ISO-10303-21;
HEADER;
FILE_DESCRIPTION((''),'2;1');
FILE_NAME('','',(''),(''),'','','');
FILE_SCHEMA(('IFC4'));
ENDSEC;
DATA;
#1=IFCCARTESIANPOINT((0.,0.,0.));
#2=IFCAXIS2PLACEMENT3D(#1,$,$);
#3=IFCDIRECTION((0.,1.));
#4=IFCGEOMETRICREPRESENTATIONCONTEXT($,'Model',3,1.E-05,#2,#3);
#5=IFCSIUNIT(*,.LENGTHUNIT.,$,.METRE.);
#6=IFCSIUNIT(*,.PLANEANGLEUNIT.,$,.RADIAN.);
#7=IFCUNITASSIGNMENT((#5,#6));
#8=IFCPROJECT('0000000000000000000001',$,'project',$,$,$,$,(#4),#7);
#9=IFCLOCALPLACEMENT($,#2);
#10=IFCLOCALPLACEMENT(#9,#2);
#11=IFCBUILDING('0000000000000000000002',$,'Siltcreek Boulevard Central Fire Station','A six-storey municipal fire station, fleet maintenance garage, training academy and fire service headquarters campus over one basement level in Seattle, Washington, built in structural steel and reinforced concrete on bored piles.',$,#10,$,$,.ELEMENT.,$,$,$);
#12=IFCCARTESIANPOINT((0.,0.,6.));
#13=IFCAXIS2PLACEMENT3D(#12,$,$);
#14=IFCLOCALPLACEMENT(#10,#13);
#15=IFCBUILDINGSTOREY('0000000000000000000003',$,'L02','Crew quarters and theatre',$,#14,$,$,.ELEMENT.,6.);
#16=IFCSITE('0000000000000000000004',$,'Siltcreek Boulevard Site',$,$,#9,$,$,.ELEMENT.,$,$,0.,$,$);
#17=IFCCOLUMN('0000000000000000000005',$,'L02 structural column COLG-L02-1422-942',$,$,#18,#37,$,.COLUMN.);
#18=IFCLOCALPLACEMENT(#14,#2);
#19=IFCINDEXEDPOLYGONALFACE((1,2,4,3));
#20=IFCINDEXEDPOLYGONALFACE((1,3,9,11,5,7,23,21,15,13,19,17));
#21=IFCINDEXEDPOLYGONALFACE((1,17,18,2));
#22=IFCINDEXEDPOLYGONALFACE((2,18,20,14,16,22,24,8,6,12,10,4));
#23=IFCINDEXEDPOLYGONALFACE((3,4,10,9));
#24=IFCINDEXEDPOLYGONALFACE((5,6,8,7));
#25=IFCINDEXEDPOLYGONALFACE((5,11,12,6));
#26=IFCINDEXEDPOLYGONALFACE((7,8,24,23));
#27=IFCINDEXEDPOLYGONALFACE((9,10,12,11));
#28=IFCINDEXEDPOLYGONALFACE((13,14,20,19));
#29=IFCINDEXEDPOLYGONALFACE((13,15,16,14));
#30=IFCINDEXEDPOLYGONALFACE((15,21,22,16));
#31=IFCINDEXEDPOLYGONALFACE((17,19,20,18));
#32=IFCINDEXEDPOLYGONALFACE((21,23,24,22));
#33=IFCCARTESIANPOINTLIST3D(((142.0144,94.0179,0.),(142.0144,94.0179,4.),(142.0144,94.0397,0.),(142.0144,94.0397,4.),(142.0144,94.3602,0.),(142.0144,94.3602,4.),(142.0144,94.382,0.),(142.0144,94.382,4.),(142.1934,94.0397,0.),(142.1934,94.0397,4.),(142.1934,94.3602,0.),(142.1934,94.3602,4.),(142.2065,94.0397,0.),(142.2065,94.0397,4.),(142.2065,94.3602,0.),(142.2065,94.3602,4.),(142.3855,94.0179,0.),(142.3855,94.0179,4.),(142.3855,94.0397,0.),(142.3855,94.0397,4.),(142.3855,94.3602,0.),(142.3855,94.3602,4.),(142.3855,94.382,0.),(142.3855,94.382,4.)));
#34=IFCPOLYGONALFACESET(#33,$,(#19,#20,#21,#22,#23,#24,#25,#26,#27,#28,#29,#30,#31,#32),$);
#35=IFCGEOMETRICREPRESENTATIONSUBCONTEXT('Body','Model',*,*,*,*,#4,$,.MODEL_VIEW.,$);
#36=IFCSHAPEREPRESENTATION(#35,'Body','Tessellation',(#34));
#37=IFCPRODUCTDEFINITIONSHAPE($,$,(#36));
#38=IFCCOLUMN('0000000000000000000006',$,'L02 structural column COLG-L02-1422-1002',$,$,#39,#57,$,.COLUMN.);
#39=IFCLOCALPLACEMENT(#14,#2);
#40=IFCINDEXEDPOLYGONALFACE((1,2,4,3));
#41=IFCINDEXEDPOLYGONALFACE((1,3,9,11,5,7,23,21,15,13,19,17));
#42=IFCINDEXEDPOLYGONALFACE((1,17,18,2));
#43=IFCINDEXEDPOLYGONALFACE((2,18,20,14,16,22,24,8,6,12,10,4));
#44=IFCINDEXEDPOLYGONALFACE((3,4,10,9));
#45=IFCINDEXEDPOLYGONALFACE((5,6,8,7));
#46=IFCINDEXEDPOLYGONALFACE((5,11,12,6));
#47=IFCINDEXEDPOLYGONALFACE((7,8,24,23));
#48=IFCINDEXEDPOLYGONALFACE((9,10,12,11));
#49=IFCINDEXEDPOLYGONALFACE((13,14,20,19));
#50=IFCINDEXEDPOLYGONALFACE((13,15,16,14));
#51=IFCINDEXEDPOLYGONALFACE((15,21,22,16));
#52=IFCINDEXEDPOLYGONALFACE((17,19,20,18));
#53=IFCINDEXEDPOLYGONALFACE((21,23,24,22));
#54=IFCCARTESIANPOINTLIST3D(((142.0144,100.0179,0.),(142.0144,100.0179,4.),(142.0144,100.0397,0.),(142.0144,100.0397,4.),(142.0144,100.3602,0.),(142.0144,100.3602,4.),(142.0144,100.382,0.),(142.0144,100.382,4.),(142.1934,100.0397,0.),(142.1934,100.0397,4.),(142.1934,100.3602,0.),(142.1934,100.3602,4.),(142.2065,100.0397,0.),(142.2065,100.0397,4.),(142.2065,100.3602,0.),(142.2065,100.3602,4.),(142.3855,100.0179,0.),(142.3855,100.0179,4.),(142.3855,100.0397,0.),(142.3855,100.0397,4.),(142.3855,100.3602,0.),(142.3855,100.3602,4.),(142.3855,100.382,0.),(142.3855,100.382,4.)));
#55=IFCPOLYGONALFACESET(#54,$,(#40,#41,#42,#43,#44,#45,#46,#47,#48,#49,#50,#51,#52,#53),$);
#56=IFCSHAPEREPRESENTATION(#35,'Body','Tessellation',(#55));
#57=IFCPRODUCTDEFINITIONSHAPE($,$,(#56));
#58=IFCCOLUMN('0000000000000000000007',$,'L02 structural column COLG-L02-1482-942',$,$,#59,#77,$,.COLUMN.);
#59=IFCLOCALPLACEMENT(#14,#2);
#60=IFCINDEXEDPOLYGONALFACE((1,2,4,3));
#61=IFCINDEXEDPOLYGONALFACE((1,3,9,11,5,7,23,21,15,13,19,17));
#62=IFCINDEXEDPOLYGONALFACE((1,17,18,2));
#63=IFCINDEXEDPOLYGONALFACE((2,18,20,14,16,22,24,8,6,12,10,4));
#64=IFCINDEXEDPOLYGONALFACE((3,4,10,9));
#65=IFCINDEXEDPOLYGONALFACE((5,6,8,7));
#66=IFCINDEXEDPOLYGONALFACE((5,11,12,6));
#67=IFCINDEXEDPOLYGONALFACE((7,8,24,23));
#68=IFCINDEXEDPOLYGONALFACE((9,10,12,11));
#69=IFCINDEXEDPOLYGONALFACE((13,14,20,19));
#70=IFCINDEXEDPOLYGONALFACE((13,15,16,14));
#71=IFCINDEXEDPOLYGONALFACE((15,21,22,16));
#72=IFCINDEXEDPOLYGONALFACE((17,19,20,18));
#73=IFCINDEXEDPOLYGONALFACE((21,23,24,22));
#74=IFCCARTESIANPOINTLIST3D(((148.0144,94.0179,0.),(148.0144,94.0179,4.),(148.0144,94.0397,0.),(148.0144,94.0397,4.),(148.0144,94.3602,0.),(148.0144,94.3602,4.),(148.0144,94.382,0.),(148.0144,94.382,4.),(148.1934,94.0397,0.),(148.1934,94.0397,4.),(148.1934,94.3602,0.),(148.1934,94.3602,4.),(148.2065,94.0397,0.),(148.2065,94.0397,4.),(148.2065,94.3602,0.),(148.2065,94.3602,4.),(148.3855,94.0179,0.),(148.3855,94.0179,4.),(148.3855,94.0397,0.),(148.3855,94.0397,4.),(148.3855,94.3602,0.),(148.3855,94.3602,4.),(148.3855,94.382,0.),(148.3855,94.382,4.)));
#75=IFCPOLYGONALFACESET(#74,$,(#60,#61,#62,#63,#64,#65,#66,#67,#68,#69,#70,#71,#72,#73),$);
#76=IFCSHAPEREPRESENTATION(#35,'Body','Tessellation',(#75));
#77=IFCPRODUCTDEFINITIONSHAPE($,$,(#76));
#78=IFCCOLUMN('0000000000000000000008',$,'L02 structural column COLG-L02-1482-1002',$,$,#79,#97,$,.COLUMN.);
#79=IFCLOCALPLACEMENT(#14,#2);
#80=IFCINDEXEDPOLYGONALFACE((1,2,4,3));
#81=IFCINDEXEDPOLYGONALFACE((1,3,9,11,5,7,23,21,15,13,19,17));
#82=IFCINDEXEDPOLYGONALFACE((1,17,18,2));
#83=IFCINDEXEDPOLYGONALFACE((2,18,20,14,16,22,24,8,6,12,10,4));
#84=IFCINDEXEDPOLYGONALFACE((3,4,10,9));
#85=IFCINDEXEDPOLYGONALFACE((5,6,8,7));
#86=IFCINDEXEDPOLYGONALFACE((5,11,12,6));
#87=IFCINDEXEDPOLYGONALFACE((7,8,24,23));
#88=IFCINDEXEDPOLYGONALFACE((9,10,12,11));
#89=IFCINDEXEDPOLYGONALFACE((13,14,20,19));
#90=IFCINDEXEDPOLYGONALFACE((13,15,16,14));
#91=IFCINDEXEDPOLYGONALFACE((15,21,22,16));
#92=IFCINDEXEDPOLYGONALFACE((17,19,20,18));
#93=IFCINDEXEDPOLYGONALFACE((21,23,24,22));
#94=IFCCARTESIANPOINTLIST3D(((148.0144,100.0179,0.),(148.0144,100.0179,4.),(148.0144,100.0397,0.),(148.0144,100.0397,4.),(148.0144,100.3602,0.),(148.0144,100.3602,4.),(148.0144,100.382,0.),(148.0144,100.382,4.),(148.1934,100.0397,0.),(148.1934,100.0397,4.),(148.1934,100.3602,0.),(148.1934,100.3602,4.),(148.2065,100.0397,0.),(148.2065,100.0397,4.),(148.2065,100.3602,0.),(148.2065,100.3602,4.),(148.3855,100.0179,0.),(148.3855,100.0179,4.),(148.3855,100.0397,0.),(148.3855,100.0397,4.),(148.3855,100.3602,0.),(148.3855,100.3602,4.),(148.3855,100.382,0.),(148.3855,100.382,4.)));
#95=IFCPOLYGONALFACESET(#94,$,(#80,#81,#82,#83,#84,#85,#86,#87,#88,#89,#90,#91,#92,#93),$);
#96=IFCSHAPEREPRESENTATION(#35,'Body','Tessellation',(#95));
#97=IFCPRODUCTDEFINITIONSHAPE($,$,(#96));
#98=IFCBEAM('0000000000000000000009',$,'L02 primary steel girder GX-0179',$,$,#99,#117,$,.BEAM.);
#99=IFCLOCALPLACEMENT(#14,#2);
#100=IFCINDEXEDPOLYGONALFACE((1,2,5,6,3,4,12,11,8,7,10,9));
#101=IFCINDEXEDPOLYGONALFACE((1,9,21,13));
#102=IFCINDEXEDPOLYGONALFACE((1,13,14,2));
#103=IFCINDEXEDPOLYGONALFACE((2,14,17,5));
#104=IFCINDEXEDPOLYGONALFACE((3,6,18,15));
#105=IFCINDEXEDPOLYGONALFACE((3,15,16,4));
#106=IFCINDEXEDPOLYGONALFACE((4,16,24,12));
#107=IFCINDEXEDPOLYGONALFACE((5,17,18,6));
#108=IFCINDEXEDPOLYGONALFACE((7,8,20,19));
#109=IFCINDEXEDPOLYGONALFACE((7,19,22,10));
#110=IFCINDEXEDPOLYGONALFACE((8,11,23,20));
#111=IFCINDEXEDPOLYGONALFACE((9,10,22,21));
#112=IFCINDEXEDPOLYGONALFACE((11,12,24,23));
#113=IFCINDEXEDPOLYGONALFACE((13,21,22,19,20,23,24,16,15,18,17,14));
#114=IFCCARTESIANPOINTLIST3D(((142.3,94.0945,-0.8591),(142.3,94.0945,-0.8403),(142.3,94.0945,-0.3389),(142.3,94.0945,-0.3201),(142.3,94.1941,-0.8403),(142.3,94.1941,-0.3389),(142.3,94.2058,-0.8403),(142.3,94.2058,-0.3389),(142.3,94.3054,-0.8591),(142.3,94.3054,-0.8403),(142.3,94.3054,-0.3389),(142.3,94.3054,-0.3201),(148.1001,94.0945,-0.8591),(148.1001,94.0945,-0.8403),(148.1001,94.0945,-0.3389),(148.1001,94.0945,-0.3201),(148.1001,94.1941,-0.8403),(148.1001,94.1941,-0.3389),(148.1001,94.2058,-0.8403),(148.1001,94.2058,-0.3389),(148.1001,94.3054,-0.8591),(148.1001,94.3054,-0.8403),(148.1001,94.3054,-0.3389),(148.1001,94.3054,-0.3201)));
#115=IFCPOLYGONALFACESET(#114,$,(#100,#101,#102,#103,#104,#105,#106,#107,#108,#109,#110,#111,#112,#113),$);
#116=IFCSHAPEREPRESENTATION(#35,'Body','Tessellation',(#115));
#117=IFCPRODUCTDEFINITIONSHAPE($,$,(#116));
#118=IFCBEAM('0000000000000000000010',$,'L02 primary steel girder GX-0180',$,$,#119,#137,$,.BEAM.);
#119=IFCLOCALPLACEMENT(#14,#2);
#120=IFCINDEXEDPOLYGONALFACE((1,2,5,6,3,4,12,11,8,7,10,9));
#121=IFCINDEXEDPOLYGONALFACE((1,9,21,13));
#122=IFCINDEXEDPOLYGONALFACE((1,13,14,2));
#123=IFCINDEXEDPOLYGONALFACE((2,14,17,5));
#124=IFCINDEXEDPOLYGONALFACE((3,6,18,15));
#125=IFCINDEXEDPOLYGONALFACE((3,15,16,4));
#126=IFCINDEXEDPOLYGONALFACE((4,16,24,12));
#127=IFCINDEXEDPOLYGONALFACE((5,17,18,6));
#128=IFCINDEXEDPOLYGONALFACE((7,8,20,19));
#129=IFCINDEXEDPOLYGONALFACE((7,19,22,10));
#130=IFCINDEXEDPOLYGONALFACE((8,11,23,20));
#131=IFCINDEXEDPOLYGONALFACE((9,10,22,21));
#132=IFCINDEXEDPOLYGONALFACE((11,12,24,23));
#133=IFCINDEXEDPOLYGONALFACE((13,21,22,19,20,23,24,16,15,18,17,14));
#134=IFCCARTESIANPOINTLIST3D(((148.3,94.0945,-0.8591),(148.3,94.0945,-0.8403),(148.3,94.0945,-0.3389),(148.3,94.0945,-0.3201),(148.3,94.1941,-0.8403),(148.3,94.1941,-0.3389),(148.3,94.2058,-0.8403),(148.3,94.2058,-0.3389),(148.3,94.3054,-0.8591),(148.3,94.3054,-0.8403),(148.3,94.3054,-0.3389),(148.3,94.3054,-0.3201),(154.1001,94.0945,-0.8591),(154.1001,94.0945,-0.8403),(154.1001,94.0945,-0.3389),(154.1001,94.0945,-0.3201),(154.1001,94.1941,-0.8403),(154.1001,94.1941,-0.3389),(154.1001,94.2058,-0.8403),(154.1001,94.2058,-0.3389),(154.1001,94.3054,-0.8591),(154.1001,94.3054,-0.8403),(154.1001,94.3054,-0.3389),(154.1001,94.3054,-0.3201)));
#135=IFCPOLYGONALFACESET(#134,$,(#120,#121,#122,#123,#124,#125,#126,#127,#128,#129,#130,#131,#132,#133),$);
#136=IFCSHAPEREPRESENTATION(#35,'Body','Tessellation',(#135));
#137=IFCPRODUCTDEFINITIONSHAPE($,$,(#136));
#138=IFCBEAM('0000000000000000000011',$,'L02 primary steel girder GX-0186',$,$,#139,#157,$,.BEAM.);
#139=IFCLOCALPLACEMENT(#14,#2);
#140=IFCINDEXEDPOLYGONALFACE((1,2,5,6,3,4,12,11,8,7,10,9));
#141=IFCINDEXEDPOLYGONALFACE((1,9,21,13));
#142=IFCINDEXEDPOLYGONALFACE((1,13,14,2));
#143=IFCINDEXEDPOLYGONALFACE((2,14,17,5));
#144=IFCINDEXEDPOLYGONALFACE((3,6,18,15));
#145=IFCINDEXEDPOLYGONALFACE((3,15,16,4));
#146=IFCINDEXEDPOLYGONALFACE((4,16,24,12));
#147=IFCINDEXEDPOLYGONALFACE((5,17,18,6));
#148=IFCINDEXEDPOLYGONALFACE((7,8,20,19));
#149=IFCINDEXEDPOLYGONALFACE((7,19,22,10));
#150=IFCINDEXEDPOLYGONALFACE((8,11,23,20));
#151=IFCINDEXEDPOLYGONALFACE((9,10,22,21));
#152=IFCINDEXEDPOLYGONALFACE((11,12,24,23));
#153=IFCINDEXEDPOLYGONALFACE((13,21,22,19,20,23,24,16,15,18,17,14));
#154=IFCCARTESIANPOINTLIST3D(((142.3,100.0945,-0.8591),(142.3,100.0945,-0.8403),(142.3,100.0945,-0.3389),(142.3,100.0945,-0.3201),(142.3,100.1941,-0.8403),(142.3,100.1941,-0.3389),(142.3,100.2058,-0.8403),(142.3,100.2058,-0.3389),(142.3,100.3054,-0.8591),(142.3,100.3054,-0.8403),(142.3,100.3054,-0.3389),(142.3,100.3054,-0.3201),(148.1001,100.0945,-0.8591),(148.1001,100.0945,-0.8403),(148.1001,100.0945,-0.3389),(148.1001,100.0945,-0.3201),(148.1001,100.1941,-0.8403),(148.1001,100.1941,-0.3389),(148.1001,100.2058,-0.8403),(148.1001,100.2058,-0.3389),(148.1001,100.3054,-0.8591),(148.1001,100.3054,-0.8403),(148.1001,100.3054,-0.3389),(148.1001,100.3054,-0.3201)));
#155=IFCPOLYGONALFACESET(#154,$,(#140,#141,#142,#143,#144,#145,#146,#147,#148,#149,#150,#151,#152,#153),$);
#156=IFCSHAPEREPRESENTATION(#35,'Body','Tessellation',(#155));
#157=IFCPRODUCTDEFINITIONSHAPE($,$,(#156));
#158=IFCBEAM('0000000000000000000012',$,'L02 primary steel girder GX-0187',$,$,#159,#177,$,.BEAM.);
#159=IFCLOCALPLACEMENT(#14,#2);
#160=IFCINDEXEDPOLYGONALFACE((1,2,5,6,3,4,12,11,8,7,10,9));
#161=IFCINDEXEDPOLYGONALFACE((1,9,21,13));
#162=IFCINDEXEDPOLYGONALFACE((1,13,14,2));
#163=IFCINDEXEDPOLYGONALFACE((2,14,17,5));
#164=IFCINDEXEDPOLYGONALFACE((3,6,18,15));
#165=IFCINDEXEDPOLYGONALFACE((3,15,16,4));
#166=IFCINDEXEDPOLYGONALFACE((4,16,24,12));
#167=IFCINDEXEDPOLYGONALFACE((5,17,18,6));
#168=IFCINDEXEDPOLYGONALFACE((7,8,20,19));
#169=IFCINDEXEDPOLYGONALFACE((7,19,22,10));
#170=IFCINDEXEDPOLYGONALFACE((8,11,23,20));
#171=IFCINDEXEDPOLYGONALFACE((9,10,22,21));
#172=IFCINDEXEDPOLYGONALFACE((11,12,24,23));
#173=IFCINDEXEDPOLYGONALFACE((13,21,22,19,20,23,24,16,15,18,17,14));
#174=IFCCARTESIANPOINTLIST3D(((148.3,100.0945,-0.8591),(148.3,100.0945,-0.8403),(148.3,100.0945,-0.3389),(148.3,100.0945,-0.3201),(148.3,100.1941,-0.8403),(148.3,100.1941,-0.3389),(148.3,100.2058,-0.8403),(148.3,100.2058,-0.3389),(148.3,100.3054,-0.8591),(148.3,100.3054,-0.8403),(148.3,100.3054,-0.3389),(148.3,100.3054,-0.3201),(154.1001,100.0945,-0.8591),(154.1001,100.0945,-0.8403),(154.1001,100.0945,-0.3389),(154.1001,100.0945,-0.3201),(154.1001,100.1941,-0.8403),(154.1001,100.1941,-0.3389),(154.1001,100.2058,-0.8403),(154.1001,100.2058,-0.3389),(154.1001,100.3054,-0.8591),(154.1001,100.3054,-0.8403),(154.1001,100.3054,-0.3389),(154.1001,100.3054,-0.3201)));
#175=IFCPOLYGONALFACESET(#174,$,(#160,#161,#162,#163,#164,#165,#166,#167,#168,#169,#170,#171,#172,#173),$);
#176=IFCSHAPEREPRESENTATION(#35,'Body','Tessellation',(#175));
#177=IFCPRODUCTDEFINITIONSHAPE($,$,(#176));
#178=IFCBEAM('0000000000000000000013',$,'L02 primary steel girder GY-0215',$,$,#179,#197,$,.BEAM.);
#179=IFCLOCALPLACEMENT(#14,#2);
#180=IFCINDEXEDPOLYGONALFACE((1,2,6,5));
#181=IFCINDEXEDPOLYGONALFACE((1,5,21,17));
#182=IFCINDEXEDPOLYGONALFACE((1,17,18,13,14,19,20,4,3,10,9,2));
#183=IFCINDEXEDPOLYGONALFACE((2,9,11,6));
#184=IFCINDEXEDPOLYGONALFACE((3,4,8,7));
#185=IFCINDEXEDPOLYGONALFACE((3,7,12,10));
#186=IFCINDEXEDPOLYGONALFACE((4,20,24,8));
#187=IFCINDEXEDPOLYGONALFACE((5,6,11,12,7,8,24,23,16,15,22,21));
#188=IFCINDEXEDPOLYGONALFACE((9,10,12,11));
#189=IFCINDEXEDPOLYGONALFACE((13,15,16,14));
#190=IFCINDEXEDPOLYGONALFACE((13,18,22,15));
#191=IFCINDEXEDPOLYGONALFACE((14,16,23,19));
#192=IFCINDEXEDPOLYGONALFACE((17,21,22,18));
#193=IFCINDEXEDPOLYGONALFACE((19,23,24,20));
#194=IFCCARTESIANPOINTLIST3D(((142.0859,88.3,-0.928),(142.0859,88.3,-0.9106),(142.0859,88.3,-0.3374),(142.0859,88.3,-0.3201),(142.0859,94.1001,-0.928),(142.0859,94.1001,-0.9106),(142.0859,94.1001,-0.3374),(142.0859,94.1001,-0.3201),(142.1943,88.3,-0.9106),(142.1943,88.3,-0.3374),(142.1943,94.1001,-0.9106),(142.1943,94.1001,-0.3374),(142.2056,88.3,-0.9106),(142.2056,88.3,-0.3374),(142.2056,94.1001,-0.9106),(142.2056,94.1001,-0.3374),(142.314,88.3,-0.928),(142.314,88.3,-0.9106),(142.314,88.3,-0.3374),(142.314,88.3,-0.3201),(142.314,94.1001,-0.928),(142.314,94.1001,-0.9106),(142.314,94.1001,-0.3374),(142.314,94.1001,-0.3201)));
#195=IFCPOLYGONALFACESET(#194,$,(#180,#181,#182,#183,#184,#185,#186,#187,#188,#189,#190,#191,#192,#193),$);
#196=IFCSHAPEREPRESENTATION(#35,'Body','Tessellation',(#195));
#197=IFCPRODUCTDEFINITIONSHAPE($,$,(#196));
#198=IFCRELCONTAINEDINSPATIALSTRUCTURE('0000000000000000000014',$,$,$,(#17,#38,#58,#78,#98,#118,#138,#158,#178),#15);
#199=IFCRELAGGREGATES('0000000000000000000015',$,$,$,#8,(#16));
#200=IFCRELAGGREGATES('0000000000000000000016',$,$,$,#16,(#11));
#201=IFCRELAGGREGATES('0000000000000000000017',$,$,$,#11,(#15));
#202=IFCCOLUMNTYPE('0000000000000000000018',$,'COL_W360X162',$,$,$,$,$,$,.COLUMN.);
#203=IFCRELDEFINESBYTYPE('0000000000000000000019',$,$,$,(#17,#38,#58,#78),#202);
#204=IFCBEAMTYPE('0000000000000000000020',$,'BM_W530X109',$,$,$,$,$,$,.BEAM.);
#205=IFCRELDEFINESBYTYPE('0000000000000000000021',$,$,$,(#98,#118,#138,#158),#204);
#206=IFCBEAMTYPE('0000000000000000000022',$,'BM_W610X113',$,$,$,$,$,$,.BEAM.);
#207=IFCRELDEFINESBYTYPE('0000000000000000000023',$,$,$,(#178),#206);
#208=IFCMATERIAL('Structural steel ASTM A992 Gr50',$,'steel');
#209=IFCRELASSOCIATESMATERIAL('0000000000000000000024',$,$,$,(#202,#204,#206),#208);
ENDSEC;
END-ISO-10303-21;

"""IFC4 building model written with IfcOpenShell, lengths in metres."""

from ifc_helpers import new_model, si_unit, direction, frame, origin, origin_2d, place, context, subcontext, project, spatial, i_section, extrude, material, material_profile, profile_set, type_object, element, save


model = new_model("IFC4")

# Units and contexts
model_context = context("Model", 3, precision=1e-05, world=origin(), true_north=direction((0.0, 1.0)))
body_context = subcontext(model_context, "Body", "Model", "MODEL_VIEW")
ifc_project = project(units=[si_unit("LENGTHUNIT", "METRE"), si_unit("PLANEANGLEUNIT", "RADIAN")], contexts=[model_context])

# Site, building, storey
site_placement = place(None, origin())
site = spatial("IfcSite", under=ifc_project, at=site_placement, Name="Siltcreek Boulevard Site", CompositionType="ELEMENT", RefElevation=0.0)
building_placement = place(site_placement, origin())
building = spatial("IfcBuilding", under=site, at=building_placement, Name="Siltcreek Boulevard Central Fire Station", Description="A six-storey municipal fire station, fleet maintenance garage, training academy and fire service headquarters campus over one basement level in Seattle, Washington, built in structural steel and reinforced concrete on bored piles.", CompositionType="ELEMENT")
storey_placement = place(building_placement, frame((0.0, 0.0, 6.0)))
storey = spatial("IfcBuildingStorey", under=building, at=storey_placement, Name="L02", Description="Crew quarters and theatre", CompositionType="ELEMENT", Elevation=6.0)

# Columns
ifc_material_1 = material(Name="Structural steel ASTM A992 Gr50", Category="steel")
ifc_material_profile_1 = material_profile(ifc_material_1, i_section(OverallWidth=0.3711, OverallDepth=0.364, WebThickness=0.0132, FlangeThickness=0.0217, at=origin_2d()), Name="W360X162")
ifc_profile_set_1 = profile_set([ifc_material_profile_1], Name="Structural steel ASTM A992 Gr50")
column_type = type_object("IfcColumnType", Name="COL_W360X162", PredefinedType="COLUMN", material=ifc_profile_set_1)
for number, where, z_axis, x_axis, name in (
    (1, (142.2, 94.2, 0.0), (0.0, 0.0, 1.0), (1.0, 0.0, 0.0), "L02 structural column COLG-L02-1422-942"),
    (2, (142.2, 100.2, 0.0), (0.0, 0.0, 1.0), (1.0, 0.0, 0.0), "L02 structural column COLG-L02-1422-1002"),
    (3, (148.2, 94.2, 0.0), (0.0, 0.0, 1.0), (1.0, 0.0, 0.0), "L02 structural column COLG-L02-1482-942"),
    (4, (148.2, 100.2, 0.0), (0.0, 0.0, 1.0), (1.0, 0.0, 0.0), "L02 structural column COLG-L02-1482-1002"),
):
    element("IfcColumn", number, at=place(storey_placement, frame(where, z_axis=z_axis, x_axis=x_axis)), inside=storey, type_object=column_type, Name=name, PredefinedType="COLUMN", context=body_context, shape_type="SweptSolid", body=[
        extrude(i_section(OverallWidth=0.3711, OverallDepth=0.364, WebThickness=0.0132, FlangeThickness=0.0217, at=origin_2d()), origin(), (0.0, 0.0, 1.0), 4.0),
    ])

# Beams
ifc_material_profile_2 = material_profile(ifc_material_1, i_section(OverallWidth=0.2109, OverallDepth=0.5391, WebThickness=0.0117, FlangeThickness=0.0188, at=origin_2d()), Name="W530X109")
ifc_profile_set_2 = profile_set([ifc_material_profile_2], Name="Structural steel ASTM A992 Gr50")
beam_type_1 = type_object("IfcBeamType", Name="BM_W530X109", PredefinedType="BEAM", material=ifc_profile_set_2)
for number, where, z_axis, x_axis, name in (
    (5, (142.3, 94.2, -0.5896), (1.0, 0.0, 0.0), (0.0, 1.0, 0.0), "L02 primary steel girder GX-0179"),
    (6, (148.3, 94.2, -0.5896), (1.0, 0.0, 0.0), (0.0, 1.0, 0.0), "L02 primary steel girder GX-0180"),
    (7, (142.3, 100.2, -0.5896), (1.0, 0.0, 0.0), (0.0, 1.0, 0.0), "L02 primary steel girder GX-0186"),
    (8, (148.3, 100.2, -0.5896), (1.0, 0.0, 0.0), (0.0, 1.0, 0.0), "L02 primary steel girder GX-0187"),
):
    element("IfcBeam", number, at=place(storey_placement, frame(where, z_axis=z_axis, x_axis=x_axis)), inside=storey, type_object=beam_type_1, Name=name, PredefinedType="BEAM", context=body_context, shape_type="SweptSolid", body=[
        extrude(i_section(OverallWidth=0.2109, OverallDepth=0.5391, WebThickness=0.0117, FlangeThickness=0.0188, at=origin_2d()), origin(), (0.0, 0.0, 1.0), 5.8),
    ])
ifc_material_profile_3 = material_profile(ifc_material_1, i_section(OverallWidth=0.228, OverallDepth=0.6079, WebThickness=0.0112, FlangeThickness=0.0173, at=origin_2d()), Name="W610X113")
ifc_profile_set_3 = profile_set([ifc_material_profile_3], Name="Structural steel ASTM A992 Gr50")
beam_type_2 = type_object("IfcBeamType", Name="BM_W610X113", PredefinedType="BEAM", material=ifc_profile_set_3)
for number, where, z_axis, x_axis, name in (
    (9, (142.2, 88.3, -0.624), (0.0, 1.0, 0.0), (-1.0, 0.0, 0.0), "L02 primary steel girder GY-0215"),
):
    element("IfcBeam", number, at=place(storey_placement, frame(where, z_axis=z_axis, x_axis=x_axis)), inside=storey, type_object=beam_type_2, Name=name, PredefinedType="BEAM", context=body_context, shape_type="SweptSolid", body=[
        extrude(i_section(OverallWidth=0.228, OverallDepth=0.6079, WebThickness=0.0112, FlangeThickness=0.0173, at=origin_2d()), origin(), (0.0, 0.0, 1.0), 5.8),
    ])

save(model, "model.ifc")
